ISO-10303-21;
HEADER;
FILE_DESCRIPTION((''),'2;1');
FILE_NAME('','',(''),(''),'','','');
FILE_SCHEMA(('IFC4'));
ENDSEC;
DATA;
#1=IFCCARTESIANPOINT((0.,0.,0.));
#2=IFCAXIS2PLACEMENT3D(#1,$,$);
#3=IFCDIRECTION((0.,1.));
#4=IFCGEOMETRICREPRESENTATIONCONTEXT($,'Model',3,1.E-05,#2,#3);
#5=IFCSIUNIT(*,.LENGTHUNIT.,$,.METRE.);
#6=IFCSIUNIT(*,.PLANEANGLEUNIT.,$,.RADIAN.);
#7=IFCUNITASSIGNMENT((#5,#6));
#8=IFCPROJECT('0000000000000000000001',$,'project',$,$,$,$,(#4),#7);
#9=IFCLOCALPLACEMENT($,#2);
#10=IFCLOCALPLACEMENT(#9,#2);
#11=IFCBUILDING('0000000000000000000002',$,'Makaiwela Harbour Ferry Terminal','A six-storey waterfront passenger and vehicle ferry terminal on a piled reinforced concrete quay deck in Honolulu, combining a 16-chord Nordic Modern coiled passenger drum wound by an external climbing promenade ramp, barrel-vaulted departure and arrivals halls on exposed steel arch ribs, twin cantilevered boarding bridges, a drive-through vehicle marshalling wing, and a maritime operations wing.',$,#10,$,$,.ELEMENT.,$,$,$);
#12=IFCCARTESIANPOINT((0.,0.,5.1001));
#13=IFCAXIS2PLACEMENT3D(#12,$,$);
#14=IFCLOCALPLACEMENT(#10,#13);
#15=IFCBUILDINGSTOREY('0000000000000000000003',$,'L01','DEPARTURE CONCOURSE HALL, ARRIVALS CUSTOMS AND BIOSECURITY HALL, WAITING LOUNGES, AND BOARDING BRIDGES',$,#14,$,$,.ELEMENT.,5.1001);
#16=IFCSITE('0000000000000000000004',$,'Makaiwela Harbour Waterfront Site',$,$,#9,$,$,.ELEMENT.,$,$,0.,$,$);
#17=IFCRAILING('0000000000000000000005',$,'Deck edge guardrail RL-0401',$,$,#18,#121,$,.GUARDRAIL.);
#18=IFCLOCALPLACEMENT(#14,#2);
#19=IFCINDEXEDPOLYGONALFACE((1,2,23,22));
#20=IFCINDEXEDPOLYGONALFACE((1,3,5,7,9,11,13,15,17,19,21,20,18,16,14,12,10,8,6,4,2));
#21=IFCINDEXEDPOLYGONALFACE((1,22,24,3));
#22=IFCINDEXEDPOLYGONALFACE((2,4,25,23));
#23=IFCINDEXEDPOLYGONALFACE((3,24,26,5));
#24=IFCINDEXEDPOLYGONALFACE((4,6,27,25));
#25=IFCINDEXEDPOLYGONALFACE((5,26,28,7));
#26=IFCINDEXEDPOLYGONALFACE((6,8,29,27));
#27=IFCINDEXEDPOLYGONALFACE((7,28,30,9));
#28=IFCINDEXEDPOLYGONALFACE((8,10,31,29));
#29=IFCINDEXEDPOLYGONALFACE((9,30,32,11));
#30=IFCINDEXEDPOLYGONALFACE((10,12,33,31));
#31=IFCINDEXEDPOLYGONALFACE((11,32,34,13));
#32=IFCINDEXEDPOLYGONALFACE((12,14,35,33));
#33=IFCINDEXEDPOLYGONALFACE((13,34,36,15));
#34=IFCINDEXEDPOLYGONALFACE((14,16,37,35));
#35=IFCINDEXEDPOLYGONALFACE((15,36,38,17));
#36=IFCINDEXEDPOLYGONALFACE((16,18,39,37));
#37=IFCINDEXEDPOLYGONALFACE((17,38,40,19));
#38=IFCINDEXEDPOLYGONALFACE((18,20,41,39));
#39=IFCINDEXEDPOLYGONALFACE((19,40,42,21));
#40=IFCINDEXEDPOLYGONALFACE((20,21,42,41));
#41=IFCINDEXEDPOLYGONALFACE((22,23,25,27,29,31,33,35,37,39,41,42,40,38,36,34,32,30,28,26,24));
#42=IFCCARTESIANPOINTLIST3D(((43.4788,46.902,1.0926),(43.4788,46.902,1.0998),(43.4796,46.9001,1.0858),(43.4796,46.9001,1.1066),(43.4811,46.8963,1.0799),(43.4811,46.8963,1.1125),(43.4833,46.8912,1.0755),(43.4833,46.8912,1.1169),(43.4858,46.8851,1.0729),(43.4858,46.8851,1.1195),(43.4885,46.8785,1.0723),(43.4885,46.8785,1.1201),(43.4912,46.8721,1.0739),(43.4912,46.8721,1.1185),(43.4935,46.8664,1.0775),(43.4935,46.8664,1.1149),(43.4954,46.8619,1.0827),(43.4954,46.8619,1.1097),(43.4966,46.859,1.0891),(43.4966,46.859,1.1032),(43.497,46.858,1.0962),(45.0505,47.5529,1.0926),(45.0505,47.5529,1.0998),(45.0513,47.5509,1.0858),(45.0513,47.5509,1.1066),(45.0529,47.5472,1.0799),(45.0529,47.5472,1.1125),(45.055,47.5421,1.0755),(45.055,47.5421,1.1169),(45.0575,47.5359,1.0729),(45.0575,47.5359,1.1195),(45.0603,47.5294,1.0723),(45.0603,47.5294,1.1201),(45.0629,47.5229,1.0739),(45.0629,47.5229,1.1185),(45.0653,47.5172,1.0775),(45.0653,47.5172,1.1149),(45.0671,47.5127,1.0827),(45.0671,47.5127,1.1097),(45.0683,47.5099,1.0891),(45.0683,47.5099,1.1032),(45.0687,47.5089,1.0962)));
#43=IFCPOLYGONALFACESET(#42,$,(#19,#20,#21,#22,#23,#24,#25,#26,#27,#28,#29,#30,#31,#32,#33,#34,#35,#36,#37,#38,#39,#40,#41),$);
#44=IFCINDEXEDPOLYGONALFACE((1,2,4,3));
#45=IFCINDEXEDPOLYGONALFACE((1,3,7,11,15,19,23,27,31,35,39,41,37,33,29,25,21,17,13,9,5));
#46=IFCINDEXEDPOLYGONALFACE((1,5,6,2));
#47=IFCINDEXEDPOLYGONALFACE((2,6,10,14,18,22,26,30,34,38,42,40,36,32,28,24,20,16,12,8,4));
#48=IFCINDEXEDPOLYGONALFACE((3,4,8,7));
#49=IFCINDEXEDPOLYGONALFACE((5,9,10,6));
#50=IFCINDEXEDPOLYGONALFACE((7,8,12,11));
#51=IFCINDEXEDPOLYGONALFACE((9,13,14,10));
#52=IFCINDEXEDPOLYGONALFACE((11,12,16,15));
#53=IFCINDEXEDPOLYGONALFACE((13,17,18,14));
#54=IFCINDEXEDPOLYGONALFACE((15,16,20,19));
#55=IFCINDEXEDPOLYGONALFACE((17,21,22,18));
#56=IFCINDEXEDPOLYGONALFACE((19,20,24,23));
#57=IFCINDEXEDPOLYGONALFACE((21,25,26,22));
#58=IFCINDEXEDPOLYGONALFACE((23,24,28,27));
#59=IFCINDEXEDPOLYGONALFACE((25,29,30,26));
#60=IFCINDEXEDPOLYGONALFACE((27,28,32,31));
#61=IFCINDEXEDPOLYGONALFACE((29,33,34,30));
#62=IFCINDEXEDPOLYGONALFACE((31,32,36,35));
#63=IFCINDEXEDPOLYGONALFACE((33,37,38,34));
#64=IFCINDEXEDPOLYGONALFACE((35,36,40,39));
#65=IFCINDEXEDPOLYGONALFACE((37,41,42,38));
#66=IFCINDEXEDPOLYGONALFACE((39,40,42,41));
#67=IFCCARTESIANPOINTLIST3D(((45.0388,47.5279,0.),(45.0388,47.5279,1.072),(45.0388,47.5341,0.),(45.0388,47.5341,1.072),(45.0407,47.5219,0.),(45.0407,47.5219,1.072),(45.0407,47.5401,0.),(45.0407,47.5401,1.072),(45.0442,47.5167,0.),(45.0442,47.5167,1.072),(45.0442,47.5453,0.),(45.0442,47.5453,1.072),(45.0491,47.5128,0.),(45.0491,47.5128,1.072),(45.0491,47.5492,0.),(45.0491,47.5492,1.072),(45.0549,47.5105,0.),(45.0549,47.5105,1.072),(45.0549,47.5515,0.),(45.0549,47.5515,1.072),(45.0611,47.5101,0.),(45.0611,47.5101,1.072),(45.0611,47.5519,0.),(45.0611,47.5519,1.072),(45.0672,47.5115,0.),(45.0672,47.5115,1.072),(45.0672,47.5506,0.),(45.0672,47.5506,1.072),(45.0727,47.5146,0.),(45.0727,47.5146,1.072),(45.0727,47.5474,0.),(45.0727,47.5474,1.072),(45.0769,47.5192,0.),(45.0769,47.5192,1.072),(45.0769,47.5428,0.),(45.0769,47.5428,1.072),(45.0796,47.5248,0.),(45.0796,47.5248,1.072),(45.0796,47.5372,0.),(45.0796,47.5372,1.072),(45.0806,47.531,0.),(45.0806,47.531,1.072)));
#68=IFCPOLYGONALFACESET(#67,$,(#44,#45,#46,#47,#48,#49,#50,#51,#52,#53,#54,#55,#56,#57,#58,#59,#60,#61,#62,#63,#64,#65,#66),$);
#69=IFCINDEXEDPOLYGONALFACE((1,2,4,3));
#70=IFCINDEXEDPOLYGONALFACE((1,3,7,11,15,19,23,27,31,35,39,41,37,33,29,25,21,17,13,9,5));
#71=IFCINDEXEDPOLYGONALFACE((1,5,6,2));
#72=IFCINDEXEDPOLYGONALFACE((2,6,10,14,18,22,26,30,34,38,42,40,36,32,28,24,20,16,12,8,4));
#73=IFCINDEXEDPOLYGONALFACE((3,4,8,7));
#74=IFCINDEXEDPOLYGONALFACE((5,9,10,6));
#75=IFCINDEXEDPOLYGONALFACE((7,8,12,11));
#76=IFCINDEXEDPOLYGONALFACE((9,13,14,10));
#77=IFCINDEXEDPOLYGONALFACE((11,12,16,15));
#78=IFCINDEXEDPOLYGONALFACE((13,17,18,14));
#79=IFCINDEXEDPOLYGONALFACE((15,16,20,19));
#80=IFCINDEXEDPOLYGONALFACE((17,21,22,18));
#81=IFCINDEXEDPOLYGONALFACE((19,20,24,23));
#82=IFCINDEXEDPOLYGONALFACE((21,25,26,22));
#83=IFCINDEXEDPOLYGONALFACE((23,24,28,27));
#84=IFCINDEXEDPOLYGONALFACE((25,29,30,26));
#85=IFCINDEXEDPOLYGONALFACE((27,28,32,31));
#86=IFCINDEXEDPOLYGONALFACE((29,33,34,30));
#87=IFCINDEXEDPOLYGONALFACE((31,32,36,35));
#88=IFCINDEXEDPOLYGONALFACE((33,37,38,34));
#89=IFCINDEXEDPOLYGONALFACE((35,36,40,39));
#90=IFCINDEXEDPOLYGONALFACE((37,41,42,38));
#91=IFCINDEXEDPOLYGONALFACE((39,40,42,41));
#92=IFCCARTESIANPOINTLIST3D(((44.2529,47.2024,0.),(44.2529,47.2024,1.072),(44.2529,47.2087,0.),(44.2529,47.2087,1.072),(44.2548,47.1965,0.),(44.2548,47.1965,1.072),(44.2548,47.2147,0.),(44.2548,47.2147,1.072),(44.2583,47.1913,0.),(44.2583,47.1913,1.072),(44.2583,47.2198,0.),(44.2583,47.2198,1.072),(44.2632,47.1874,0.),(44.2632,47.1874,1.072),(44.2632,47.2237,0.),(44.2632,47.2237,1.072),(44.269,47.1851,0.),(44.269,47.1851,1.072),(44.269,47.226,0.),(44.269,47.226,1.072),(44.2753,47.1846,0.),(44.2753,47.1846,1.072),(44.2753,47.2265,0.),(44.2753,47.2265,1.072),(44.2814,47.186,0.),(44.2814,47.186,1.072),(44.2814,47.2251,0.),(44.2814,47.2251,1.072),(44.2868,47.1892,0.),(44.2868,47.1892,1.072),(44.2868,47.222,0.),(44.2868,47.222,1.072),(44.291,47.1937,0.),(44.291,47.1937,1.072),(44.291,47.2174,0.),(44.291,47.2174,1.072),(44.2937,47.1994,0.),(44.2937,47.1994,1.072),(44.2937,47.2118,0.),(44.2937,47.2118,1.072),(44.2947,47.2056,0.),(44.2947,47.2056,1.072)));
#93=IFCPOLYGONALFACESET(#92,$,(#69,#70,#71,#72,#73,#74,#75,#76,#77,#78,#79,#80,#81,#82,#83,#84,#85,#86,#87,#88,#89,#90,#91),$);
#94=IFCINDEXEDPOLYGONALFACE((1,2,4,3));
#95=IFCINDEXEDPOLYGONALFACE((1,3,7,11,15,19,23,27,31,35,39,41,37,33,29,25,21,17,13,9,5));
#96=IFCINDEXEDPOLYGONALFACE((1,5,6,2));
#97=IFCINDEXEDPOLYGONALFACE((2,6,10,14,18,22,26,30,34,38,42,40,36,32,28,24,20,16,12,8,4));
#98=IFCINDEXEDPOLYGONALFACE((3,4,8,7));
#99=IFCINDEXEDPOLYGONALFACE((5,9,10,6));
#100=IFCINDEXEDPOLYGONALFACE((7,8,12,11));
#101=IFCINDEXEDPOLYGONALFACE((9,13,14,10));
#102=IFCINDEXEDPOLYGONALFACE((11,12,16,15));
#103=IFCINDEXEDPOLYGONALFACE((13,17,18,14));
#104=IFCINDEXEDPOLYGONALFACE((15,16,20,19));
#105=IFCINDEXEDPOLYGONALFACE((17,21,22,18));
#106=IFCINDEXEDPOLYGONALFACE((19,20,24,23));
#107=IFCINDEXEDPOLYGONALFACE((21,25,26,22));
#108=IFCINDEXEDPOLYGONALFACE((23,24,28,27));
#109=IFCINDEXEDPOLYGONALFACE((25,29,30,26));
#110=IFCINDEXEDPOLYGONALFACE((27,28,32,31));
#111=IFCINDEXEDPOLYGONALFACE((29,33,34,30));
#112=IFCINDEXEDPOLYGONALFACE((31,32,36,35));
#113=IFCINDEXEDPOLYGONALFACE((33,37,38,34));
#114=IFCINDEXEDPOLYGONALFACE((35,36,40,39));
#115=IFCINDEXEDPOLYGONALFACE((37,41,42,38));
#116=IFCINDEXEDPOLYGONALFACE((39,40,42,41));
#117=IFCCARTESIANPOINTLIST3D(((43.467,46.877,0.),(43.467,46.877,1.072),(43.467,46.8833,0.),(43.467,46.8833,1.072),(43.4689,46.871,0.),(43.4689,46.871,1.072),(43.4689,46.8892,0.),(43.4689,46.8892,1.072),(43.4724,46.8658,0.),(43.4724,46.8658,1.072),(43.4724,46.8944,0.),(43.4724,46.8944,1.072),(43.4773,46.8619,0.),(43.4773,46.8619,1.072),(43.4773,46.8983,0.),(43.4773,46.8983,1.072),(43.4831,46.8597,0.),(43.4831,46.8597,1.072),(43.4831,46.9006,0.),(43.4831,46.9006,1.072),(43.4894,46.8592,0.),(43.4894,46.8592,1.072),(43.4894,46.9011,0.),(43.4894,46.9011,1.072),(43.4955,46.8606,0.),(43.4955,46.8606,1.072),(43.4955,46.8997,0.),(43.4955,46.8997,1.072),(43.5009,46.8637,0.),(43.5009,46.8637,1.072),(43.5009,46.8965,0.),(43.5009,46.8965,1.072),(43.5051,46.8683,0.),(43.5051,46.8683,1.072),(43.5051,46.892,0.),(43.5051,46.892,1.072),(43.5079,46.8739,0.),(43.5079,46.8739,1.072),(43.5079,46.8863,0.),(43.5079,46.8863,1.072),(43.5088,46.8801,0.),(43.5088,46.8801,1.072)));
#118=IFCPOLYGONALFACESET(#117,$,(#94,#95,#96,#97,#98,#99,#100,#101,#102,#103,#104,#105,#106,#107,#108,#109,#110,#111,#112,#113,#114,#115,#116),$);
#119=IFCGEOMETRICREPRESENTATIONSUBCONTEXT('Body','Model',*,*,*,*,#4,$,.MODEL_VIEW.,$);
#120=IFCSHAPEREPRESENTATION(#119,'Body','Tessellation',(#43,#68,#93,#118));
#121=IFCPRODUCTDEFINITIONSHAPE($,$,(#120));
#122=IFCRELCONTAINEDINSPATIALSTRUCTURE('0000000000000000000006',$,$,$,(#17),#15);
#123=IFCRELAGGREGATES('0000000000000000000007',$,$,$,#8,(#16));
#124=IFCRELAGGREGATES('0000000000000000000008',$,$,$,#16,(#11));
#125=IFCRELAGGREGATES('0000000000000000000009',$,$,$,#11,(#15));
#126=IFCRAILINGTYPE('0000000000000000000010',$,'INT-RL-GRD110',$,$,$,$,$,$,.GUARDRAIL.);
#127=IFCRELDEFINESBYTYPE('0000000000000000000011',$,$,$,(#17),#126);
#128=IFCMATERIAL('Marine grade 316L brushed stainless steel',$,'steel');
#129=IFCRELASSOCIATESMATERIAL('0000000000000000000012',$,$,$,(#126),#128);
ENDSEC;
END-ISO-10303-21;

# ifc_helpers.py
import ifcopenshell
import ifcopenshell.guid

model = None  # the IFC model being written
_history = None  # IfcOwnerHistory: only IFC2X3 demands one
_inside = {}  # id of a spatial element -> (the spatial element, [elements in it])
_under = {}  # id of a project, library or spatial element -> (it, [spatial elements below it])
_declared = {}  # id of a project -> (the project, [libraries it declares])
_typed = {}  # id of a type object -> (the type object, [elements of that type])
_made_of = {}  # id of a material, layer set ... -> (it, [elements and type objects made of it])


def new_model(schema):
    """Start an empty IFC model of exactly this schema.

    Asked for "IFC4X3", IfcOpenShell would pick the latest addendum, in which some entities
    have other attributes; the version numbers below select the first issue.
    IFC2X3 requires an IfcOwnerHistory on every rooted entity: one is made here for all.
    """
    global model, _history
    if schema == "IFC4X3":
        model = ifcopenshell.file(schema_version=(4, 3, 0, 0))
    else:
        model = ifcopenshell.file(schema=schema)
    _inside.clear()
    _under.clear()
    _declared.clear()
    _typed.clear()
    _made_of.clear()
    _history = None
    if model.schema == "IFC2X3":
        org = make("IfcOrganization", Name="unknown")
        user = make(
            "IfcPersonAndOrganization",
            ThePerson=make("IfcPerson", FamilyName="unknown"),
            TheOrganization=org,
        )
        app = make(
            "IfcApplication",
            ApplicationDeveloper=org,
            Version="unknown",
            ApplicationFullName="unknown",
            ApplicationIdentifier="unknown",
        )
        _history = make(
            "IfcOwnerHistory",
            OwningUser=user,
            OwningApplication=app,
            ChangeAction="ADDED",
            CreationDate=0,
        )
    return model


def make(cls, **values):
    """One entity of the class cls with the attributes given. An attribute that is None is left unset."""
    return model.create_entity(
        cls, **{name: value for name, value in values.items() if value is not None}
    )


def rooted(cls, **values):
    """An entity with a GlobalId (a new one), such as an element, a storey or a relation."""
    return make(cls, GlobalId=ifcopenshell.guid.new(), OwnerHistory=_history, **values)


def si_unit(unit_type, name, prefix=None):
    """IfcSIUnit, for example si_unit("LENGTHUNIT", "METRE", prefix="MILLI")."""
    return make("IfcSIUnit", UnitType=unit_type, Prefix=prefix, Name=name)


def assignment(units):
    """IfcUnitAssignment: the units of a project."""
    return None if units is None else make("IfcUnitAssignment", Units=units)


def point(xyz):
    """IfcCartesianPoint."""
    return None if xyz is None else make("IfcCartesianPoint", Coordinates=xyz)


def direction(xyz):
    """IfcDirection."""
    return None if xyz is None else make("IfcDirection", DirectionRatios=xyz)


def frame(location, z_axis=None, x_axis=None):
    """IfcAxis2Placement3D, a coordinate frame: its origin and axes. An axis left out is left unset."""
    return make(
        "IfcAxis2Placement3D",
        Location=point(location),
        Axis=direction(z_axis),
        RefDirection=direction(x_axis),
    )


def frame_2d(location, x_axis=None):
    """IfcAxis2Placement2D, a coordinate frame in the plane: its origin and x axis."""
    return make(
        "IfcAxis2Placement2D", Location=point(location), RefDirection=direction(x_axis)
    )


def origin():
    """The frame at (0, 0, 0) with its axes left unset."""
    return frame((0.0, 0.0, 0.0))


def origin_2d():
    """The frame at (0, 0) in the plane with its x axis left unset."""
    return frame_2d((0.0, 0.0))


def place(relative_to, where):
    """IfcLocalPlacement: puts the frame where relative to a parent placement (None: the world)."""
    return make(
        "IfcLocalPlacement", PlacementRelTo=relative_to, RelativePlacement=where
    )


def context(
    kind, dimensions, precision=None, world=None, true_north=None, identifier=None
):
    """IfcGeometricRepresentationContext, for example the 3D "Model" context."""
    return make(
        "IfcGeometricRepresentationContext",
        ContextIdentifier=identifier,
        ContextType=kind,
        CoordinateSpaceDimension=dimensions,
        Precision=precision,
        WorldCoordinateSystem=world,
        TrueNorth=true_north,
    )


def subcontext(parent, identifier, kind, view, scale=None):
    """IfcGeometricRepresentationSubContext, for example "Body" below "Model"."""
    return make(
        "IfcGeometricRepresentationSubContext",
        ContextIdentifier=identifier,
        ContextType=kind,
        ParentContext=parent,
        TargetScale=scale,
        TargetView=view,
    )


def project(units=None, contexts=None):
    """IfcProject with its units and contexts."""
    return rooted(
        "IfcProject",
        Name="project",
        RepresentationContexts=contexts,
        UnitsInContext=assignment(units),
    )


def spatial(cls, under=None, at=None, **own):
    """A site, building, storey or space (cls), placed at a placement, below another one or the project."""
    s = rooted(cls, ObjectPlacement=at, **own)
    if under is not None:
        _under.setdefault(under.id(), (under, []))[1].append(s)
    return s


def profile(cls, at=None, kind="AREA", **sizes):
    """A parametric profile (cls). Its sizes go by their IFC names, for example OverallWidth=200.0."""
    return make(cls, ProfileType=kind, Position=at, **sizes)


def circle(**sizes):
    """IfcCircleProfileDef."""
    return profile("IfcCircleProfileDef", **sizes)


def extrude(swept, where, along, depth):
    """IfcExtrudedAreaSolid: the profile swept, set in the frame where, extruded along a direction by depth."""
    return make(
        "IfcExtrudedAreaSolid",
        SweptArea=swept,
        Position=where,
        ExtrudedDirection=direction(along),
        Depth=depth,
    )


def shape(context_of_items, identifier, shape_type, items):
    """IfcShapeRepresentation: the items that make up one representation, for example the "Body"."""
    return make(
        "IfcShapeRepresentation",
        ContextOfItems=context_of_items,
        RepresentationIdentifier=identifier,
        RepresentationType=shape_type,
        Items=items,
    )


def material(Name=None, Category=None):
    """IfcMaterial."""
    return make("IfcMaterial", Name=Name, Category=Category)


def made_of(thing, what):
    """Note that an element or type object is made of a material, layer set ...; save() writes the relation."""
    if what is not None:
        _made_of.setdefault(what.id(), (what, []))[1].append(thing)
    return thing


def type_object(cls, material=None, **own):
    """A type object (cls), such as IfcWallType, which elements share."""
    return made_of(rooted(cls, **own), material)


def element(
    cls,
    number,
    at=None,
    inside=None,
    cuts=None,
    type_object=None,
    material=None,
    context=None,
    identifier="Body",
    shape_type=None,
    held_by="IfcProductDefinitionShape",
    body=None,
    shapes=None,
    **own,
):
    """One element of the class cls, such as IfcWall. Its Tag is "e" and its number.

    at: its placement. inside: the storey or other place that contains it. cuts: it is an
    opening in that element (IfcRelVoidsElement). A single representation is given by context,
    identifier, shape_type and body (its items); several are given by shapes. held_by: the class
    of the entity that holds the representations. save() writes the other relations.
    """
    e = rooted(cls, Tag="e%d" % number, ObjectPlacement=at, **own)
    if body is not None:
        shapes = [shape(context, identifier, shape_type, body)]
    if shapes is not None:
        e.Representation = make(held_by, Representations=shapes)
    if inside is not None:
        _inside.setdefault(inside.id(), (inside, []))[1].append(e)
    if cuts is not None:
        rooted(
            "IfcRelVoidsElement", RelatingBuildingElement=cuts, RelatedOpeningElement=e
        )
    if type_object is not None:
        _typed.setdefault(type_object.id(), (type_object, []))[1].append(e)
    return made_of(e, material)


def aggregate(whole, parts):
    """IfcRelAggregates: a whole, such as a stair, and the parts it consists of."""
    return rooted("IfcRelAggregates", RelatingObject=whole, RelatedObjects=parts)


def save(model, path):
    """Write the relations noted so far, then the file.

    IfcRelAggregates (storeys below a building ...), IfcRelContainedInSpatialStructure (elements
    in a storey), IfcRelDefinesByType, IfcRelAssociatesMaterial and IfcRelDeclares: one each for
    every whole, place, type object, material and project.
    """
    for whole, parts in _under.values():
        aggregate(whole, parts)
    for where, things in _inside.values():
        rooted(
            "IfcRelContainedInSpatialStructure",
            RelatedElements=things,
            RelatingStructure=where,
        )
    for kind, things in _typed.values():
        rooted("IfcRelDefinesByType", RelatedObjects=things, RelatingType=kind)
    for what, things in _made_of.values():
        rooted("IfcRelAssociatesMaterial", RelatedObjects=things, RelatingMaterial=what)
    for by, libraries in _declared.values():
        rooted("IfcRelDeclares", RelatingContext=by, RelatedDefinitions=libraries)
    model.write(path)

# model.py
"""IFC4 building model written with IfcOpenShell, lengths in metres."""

from ifc_helpers import new_model, si_unit, direction, frame, origin, origin_2d, place, context, subcontext, project, spatial, circle, extrude, material, type_object, element, save


model = new_model("IFC4")

# Units and contexts
model_context = context("Model", 3, precision=1e-05, world=origin(), true_north=direction((0.0, 1.0)))
body_context = subcontext(model_context, "Body", "Model", "MODEL_VIEW")
ifc_project = project(units=[si_unit("LENGTHUNIT", "METRE"), si_unit("PLANEANGLEUNIT", "RADIAN")], contexts=[model_context])

# Site, building, storey
site_placement = place(None, origin())
site = spatial("IfcSite", under=ifc_project, at=site_placement, Name="Makaiwela Harbour Waterfront Site", CompositionType="ELEMENT", RefElevation=0.0)
building_placement = place(site_placement, origin())
building = spatial("IfcBuilding", under=site, at=building_placement, Name="Makaiwela Harbour Ferry Terminal", Description="A six-storey waterfront passenger and vehicle ferry terminal on a piled reinforced concrete quay deck in Honolulu, combining a 16-chord Nordic Modern coiled passenger drum wound by an external climbing promenade ramp, barrel-vaulted departure and arrivals halls on exposed steel arch ribs, twin cantilevered boarding bridges, a drive-through vehicle marshalling wing, and a maritime operations wing.", CompositionType="ELEMENT")
storey_placement = place(building_placement, frame((0.0, 0.0, 5.1001)))
storey = spatial("IfcBuildingStorey", under=building, at=storey_placement, Name="L01", Description="DEPARTURE CONCOURSE HALL, ARRIVALS CUSTOMS AND BIOSECURITY HALL, WAITING LOUNGES, AND BOARDING BRIDGES", CompositionType="ELEMENT", Elevation=5.1001)

# Railing
ifc_material_1 = material(Name="Marine grade 316L brushed stainless steel", Category="steel")
railing_type = type_object("IfcRailingType", Name="INT-RL-GRD110", PredefinedType="GUARDRAIL", material=ifc_material_1)
railing_1_placement = place(storey_placement, frame((45.0596, 47.531, 0.0)))
element("IfcRailing", 1, at=railing_1_placement, inside=storey, type_object=railing_type, Name="Deck edge guardrail RL-0401", PredefinedType="GUARDRAIL", context=body_context, shape_type="SweptSolid", body=[
    extrude(circle(Radius=0.0239, at=origin_2d()), frame((0.0, 0.0, 1.0962), z_axis=(-0.923915, -0.382597, 0.0), x_axis=(0.382597, -0.923915, 0.0)), (0.0, 0.0, 1.0), 1.7012),
    extrude(circle(Radius=0.021, at=origin_2d()), origin(), (0.0, 0.0, 1.0), 1.072),
    extrude(circle(Radius=0.021, at=origin_2d()), frame((-0.7859, -0.3254, 0.0)), (0.0, 0.0, 1.0), 1.072),
    extrude(circle(Radius=0.021, at=origin_2d()), frame((-1.5718, -0.6509, 0.0)), (0.0, 0.0, 1.0), 1.072),
])

save(model, "model.ifc")
